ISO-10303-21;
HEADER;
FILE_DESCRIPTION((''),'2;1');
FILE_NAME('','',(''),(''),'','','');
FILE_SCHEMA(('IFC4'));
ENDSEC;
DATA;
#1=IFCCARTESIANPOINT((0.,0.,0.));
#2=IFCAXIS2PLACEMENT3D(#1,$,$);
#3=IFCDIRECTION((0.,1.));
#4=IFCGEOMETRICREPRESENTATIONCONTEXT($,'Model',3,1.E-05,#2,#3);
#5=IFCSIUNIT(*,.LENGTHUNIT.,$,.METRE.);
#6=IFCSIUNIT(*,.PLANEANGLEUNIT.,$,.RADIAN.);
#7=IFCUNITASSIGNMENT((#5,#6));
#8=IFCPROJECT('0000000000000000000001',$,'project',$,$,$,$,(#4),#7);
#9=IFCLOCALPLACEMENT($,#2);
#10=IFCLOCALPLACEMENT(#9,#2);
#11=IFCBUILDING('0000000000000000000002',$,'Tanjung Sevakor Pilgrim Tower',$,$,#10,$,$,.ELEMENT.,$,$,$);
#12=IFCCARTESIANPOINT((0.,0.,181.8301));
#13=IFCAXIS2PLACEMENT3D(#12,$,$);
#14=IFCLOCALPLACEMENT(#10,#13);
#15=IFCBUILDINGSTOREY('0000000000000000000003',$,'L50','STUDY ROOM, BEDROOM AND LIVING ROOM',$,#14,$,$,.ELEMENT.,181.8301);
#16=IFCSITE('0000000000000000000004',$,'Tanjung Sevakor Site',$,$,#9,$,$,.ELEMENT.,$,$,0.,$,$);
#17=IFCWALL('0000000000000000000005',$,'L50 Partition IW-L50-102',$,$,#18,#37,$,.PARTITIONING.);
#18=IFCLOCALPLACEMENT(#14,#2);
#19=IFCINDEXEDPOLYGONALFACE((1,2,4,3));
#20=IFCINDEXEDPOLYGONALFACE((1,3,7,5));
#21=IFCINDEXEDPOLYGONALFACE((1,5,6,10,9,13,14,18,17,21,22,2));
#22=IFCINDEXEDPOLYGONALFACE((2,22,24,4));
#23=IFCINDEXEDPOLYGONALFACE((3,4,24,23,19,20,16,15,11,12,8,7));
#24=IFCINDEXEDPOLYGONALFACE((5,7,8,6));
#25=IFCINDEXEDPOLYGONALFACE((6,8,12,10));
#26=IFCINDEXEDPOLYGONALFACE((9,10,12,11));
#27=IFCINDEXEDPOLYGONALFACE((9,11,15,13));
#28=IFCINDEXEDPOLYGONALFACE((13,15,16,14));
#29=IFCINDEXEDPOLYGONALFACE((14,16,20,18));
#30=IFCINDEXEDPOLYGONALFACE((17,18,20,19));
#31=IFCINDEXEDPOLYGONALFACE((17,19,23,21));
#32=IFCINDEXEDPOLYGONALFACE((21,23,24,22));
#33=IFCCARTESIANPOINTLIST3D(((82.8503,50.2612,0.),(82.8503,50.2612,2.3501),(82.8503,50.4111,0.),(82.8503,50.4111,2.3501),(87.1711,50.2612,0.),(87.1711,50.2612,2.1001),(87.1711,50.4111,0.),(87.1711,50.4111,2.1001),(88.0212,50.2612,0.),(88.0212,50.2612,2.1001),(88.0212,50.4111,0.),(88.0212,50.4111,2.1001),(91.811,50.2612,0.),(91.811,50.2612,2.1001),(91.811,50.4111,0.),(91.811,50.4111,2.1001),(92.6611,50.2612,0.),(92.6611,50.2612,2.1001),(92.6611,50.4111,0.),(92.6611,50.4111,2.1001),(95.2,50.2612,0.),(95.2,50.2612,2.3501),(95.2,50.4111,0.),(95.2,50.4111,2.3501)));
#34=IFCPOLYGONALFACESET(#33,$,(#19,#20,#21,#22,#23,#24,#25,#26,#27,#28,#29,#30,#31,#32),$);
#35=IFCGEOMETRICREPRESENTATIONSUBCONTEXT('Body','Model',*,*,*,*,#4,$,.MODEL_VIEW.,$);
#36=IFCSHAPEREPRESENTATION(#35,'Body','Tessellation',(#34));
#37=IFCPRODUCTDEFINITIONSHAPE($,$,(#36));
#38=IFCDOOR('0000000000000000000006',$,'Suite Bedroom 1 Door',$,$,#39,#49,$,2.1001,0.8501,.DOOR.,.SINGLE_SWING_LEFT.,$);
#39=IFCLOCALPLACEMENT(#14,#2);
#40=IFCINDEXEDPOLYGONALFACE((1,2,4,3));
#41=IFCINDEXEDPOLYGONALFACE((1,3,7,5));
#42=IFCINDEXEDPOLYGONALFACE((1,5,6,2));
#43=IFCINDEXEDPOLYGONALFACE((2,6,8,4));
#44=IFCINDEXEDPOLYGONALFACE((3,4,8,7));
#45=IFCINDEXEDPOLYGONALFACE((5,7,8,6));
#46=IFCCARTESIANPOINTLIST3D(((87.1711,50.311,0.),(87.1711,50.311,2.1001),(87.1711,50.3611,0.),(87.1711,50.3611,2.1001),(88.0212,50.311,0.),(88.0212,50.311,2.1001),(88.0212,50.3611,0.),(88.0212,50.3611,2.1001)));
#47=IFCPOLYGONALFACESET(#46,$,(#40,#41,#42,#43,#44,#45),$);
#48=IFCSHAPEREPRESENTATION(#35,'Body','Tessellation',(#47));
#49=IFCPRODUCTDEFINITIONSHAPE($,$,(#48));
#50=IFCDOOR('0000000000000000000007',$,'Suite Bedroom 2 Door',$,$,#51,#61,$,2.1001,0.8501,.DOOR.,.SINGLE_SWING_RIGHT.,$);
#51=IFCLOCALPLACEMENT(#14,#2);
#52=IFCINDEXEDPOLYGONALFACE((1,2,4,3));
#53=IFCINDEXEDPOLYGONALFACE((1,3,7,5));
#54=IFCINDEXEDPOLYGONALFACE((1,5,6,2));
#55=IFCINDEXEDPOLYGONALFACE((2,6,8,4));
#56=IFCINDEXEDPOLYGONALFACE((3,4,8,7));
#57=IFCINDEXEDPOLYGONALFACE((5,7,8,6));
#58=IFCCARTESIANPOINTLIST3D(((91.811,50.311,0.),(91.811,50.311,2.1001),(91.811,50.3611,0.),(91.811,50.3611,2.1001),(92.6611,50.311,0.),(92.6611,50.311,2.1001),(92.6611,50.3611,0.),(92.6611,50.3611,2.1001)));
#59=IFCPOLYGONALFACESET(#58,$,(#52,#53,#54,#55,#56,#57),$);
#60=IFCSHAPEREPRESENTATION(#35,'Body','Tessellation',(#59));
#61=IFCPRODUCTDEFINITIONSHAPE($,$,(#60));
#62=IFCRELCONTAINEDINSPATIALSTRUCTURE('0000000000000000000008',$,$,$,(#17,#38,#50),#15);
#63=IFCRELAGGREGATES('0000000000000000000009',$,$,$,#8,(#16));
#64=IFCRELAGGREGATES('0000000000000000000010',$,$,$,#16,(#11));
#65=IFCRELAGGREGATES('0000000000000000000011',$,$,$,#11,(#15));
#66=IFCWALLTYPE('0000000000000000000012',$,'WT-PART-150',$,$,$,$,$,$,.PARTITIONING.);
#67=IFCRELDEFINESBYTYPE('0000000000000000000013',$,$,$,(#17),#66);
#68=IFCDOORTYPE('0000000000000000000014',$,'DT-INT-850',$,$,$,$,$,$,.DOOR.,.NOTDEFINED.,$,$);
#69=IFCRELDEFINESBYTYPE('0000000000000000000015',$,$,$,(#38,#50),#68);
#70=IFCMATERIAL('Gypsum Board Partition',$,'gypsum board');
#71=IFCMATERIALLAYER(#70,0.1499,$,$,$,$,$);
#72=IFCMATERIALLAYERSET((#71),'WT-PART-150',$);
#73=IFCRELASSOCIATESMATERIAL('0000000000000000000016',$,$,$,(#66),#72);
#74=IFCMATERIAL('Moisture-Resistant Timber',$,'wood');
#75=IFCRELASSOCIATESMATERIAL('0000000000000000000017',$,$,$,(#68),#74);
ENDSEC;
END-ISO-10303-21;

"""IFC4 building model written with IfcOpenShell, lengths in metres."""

from ifc_helpers import new_model, si_unit, direction, frame, frame_2d, origin, place, context, subcontext, project, spatial, rectangle, extrude, material, layer, layer_set, type_object, element, fill, save


model = new_model("IFC4")

# Units and contexts
model_context = context("Model", 3, precision=1e-05, world=origin(), true_north=direction((0.0, 1.0)))
body_context = subcontext(model_context, "Body", "Model", "MODEL_VIEW")
ifc_project = project(units=[si_unit("LENGTHUNIT", "METRE"), si_unit("PLANEANGLEUNIT", "RADIAN")], contexts=[model_context])

# Site, building, storey
site_placement = place(None, origin())
site = spatial("IfcSite", under=ifc_project, at=site_placement, Name="Tanjung Sevakor Site", CompositionType="ELEMENT", RefElevation=0.0)
building_placement = place(site_placement, origin())
building = spatial("IfcBuilding", under=site, at=building_placement, Name="Tanjung Sevakor Pilgrim Tower", CompositionType="ELEMENT")
storey_placement = place(building_placement, frame((0.0, 0.0, 181.8301)))
storey = spatial("IfcBuildingStorey", under=building, at=storey_placement, Name="L50", Description="STUDY ROOM, BEDROOM AND LIVING ROOM", CompositionType="ELEMENT", Elevation=181.8301)

# Shared definitions
ifc_material_1 = material(Name="Gypsum Board Partition", Category="gypsum board")
ifc_layer_1 = layer(ifc_material_1, 0.1499)
ifc_layer_set_1 = layer_set([ifc_layer_1], Name="WT-PART-150")
wall_type_1 = type_object("IfcWallType", Name="WT-PART-150", PredefinedType="PARTITIONING", material=ifc_layer_set_1)

# Wall, openings, doors
ifc_material_2 = material(Name="Moisture-Resistant Timber", Category="wood")
door_type_1 = type_object("IfcDoorType", Name="DT-INT-850", OperationType="NOTDEFINED", PredefinedType="DOOR", material=ifc_material_2)
wall_1_placement = place(storey_placement, frame((82.8503, 50.3362, 0.0), z_axis=(0.0, 0.0, 1.0), x_axis=(1.0, 0.0, 0.0)))
wall_1 = element("IfcWall", 1, at=wall_1_placement, inside=storey, type_object=wall_type_1, Name="L50 Partition IW-L50-102", PredefinedType="PARTITIONING", context=body_context, shape_type="SweptSolid", body=[
    extrude(rectangle(XDim=12.3496, YDim=0.1499, at=frame_2d((6.1748, 0.0))), origin(), (0.0, 0.0, 1.0), 2.3501),
])
opening_1_placement = place(wall_1_placement, frame((4.3208, 0.0, 0.0)))
opening_1 = element("IfcOpeningElement", 2, at=opening_1_placement, cuts=wall_1, PredefinedType="OPENING", context=body_context, shape_type="SweptSolid", body=[
    extrude(rectangle(XDim=0.8501, YDim=2.1001, at=frame_2d((0.425, 1.05))), frame((0.0, 0.085, 0.0), z_axis=(0.0, -1.0, 0.0), x_axis=(1.0, 0.0, 0.0)), (0.0, 0.0, 1.0), 0.1699),
])
opening_2_placement = place(wall_1_placement, frame((8.9607, 0.0, 0.0)))
opening_2 = element("IfcOpeningElement", 3, at=opening_2_placement, cuts=wall_1, PredefinedType="OPENING", context=body_context, shape_type="SweptSolid", body=[
    extrude(rectangle(XDim=0.8501, YDim=2.1001, at=frame_2d((0.425, 1.05))), frame((0.0, 0.085, 0.0), z_axis=(0.0, -1.0, 0.0), x_axis=(1.0, 0.0, 0.0)), (0.0, 0.0, 1.0), 0.1699),
])
door_1_placement = place(opening_1_placement, origin())
door_1 = element("IfcDoor", 4, at=door_1_placement, inside=storey, type_object=door_type_1, Name="Suite Bedroom 1 Door", OperationType="SINGLE_SWING_LEFT", OverallHeight=2.1001, OverallWidth=0.8501, PredefinedType="DOOR", context=body_context, shape_type="SweptSolid", body=[
    extrude(rectangle(XDim=0.8501, YDim=2.1001, at=frame_2d((0.425, 1.05))), frame((0.0, 0.0249, 0.0), z_axis=(0.0, -1.0, 0.0), x_axis=(1.0, 0.0, 0.0)), (0.0, 0.0, 1.0), 0.05),
])
fill(opening_1, door_1)
door_2_placement = place(opening_2_placement, origin())
door_2 = element("IfcDoor", 5, at=door_2_placement, inside=storey, type_object=door_type_1, Name="Suite Bedroom 2 Door", OperationType="SINGLE_SWING_RIGHT", OverallHeight=2.1001, OverallWidth=0.8501, PredefinedType="DOOR", context=body_context, shape_type="SweptSolid", body=[
    extrude(rectangle(XDim=0.8501, YDim=2.1001, at=frame_2d((0.425, 1.05))), frame((0.0, 0.0249, 0.0), z_axis=(0.0, -1.0, 0.0), x_axis=(1.0, 0.0, 0.0)), (0.0, 0.0, 1.0), 0.05),
])
fill(opening_2, door_2)

save(model, "model.ifc")
